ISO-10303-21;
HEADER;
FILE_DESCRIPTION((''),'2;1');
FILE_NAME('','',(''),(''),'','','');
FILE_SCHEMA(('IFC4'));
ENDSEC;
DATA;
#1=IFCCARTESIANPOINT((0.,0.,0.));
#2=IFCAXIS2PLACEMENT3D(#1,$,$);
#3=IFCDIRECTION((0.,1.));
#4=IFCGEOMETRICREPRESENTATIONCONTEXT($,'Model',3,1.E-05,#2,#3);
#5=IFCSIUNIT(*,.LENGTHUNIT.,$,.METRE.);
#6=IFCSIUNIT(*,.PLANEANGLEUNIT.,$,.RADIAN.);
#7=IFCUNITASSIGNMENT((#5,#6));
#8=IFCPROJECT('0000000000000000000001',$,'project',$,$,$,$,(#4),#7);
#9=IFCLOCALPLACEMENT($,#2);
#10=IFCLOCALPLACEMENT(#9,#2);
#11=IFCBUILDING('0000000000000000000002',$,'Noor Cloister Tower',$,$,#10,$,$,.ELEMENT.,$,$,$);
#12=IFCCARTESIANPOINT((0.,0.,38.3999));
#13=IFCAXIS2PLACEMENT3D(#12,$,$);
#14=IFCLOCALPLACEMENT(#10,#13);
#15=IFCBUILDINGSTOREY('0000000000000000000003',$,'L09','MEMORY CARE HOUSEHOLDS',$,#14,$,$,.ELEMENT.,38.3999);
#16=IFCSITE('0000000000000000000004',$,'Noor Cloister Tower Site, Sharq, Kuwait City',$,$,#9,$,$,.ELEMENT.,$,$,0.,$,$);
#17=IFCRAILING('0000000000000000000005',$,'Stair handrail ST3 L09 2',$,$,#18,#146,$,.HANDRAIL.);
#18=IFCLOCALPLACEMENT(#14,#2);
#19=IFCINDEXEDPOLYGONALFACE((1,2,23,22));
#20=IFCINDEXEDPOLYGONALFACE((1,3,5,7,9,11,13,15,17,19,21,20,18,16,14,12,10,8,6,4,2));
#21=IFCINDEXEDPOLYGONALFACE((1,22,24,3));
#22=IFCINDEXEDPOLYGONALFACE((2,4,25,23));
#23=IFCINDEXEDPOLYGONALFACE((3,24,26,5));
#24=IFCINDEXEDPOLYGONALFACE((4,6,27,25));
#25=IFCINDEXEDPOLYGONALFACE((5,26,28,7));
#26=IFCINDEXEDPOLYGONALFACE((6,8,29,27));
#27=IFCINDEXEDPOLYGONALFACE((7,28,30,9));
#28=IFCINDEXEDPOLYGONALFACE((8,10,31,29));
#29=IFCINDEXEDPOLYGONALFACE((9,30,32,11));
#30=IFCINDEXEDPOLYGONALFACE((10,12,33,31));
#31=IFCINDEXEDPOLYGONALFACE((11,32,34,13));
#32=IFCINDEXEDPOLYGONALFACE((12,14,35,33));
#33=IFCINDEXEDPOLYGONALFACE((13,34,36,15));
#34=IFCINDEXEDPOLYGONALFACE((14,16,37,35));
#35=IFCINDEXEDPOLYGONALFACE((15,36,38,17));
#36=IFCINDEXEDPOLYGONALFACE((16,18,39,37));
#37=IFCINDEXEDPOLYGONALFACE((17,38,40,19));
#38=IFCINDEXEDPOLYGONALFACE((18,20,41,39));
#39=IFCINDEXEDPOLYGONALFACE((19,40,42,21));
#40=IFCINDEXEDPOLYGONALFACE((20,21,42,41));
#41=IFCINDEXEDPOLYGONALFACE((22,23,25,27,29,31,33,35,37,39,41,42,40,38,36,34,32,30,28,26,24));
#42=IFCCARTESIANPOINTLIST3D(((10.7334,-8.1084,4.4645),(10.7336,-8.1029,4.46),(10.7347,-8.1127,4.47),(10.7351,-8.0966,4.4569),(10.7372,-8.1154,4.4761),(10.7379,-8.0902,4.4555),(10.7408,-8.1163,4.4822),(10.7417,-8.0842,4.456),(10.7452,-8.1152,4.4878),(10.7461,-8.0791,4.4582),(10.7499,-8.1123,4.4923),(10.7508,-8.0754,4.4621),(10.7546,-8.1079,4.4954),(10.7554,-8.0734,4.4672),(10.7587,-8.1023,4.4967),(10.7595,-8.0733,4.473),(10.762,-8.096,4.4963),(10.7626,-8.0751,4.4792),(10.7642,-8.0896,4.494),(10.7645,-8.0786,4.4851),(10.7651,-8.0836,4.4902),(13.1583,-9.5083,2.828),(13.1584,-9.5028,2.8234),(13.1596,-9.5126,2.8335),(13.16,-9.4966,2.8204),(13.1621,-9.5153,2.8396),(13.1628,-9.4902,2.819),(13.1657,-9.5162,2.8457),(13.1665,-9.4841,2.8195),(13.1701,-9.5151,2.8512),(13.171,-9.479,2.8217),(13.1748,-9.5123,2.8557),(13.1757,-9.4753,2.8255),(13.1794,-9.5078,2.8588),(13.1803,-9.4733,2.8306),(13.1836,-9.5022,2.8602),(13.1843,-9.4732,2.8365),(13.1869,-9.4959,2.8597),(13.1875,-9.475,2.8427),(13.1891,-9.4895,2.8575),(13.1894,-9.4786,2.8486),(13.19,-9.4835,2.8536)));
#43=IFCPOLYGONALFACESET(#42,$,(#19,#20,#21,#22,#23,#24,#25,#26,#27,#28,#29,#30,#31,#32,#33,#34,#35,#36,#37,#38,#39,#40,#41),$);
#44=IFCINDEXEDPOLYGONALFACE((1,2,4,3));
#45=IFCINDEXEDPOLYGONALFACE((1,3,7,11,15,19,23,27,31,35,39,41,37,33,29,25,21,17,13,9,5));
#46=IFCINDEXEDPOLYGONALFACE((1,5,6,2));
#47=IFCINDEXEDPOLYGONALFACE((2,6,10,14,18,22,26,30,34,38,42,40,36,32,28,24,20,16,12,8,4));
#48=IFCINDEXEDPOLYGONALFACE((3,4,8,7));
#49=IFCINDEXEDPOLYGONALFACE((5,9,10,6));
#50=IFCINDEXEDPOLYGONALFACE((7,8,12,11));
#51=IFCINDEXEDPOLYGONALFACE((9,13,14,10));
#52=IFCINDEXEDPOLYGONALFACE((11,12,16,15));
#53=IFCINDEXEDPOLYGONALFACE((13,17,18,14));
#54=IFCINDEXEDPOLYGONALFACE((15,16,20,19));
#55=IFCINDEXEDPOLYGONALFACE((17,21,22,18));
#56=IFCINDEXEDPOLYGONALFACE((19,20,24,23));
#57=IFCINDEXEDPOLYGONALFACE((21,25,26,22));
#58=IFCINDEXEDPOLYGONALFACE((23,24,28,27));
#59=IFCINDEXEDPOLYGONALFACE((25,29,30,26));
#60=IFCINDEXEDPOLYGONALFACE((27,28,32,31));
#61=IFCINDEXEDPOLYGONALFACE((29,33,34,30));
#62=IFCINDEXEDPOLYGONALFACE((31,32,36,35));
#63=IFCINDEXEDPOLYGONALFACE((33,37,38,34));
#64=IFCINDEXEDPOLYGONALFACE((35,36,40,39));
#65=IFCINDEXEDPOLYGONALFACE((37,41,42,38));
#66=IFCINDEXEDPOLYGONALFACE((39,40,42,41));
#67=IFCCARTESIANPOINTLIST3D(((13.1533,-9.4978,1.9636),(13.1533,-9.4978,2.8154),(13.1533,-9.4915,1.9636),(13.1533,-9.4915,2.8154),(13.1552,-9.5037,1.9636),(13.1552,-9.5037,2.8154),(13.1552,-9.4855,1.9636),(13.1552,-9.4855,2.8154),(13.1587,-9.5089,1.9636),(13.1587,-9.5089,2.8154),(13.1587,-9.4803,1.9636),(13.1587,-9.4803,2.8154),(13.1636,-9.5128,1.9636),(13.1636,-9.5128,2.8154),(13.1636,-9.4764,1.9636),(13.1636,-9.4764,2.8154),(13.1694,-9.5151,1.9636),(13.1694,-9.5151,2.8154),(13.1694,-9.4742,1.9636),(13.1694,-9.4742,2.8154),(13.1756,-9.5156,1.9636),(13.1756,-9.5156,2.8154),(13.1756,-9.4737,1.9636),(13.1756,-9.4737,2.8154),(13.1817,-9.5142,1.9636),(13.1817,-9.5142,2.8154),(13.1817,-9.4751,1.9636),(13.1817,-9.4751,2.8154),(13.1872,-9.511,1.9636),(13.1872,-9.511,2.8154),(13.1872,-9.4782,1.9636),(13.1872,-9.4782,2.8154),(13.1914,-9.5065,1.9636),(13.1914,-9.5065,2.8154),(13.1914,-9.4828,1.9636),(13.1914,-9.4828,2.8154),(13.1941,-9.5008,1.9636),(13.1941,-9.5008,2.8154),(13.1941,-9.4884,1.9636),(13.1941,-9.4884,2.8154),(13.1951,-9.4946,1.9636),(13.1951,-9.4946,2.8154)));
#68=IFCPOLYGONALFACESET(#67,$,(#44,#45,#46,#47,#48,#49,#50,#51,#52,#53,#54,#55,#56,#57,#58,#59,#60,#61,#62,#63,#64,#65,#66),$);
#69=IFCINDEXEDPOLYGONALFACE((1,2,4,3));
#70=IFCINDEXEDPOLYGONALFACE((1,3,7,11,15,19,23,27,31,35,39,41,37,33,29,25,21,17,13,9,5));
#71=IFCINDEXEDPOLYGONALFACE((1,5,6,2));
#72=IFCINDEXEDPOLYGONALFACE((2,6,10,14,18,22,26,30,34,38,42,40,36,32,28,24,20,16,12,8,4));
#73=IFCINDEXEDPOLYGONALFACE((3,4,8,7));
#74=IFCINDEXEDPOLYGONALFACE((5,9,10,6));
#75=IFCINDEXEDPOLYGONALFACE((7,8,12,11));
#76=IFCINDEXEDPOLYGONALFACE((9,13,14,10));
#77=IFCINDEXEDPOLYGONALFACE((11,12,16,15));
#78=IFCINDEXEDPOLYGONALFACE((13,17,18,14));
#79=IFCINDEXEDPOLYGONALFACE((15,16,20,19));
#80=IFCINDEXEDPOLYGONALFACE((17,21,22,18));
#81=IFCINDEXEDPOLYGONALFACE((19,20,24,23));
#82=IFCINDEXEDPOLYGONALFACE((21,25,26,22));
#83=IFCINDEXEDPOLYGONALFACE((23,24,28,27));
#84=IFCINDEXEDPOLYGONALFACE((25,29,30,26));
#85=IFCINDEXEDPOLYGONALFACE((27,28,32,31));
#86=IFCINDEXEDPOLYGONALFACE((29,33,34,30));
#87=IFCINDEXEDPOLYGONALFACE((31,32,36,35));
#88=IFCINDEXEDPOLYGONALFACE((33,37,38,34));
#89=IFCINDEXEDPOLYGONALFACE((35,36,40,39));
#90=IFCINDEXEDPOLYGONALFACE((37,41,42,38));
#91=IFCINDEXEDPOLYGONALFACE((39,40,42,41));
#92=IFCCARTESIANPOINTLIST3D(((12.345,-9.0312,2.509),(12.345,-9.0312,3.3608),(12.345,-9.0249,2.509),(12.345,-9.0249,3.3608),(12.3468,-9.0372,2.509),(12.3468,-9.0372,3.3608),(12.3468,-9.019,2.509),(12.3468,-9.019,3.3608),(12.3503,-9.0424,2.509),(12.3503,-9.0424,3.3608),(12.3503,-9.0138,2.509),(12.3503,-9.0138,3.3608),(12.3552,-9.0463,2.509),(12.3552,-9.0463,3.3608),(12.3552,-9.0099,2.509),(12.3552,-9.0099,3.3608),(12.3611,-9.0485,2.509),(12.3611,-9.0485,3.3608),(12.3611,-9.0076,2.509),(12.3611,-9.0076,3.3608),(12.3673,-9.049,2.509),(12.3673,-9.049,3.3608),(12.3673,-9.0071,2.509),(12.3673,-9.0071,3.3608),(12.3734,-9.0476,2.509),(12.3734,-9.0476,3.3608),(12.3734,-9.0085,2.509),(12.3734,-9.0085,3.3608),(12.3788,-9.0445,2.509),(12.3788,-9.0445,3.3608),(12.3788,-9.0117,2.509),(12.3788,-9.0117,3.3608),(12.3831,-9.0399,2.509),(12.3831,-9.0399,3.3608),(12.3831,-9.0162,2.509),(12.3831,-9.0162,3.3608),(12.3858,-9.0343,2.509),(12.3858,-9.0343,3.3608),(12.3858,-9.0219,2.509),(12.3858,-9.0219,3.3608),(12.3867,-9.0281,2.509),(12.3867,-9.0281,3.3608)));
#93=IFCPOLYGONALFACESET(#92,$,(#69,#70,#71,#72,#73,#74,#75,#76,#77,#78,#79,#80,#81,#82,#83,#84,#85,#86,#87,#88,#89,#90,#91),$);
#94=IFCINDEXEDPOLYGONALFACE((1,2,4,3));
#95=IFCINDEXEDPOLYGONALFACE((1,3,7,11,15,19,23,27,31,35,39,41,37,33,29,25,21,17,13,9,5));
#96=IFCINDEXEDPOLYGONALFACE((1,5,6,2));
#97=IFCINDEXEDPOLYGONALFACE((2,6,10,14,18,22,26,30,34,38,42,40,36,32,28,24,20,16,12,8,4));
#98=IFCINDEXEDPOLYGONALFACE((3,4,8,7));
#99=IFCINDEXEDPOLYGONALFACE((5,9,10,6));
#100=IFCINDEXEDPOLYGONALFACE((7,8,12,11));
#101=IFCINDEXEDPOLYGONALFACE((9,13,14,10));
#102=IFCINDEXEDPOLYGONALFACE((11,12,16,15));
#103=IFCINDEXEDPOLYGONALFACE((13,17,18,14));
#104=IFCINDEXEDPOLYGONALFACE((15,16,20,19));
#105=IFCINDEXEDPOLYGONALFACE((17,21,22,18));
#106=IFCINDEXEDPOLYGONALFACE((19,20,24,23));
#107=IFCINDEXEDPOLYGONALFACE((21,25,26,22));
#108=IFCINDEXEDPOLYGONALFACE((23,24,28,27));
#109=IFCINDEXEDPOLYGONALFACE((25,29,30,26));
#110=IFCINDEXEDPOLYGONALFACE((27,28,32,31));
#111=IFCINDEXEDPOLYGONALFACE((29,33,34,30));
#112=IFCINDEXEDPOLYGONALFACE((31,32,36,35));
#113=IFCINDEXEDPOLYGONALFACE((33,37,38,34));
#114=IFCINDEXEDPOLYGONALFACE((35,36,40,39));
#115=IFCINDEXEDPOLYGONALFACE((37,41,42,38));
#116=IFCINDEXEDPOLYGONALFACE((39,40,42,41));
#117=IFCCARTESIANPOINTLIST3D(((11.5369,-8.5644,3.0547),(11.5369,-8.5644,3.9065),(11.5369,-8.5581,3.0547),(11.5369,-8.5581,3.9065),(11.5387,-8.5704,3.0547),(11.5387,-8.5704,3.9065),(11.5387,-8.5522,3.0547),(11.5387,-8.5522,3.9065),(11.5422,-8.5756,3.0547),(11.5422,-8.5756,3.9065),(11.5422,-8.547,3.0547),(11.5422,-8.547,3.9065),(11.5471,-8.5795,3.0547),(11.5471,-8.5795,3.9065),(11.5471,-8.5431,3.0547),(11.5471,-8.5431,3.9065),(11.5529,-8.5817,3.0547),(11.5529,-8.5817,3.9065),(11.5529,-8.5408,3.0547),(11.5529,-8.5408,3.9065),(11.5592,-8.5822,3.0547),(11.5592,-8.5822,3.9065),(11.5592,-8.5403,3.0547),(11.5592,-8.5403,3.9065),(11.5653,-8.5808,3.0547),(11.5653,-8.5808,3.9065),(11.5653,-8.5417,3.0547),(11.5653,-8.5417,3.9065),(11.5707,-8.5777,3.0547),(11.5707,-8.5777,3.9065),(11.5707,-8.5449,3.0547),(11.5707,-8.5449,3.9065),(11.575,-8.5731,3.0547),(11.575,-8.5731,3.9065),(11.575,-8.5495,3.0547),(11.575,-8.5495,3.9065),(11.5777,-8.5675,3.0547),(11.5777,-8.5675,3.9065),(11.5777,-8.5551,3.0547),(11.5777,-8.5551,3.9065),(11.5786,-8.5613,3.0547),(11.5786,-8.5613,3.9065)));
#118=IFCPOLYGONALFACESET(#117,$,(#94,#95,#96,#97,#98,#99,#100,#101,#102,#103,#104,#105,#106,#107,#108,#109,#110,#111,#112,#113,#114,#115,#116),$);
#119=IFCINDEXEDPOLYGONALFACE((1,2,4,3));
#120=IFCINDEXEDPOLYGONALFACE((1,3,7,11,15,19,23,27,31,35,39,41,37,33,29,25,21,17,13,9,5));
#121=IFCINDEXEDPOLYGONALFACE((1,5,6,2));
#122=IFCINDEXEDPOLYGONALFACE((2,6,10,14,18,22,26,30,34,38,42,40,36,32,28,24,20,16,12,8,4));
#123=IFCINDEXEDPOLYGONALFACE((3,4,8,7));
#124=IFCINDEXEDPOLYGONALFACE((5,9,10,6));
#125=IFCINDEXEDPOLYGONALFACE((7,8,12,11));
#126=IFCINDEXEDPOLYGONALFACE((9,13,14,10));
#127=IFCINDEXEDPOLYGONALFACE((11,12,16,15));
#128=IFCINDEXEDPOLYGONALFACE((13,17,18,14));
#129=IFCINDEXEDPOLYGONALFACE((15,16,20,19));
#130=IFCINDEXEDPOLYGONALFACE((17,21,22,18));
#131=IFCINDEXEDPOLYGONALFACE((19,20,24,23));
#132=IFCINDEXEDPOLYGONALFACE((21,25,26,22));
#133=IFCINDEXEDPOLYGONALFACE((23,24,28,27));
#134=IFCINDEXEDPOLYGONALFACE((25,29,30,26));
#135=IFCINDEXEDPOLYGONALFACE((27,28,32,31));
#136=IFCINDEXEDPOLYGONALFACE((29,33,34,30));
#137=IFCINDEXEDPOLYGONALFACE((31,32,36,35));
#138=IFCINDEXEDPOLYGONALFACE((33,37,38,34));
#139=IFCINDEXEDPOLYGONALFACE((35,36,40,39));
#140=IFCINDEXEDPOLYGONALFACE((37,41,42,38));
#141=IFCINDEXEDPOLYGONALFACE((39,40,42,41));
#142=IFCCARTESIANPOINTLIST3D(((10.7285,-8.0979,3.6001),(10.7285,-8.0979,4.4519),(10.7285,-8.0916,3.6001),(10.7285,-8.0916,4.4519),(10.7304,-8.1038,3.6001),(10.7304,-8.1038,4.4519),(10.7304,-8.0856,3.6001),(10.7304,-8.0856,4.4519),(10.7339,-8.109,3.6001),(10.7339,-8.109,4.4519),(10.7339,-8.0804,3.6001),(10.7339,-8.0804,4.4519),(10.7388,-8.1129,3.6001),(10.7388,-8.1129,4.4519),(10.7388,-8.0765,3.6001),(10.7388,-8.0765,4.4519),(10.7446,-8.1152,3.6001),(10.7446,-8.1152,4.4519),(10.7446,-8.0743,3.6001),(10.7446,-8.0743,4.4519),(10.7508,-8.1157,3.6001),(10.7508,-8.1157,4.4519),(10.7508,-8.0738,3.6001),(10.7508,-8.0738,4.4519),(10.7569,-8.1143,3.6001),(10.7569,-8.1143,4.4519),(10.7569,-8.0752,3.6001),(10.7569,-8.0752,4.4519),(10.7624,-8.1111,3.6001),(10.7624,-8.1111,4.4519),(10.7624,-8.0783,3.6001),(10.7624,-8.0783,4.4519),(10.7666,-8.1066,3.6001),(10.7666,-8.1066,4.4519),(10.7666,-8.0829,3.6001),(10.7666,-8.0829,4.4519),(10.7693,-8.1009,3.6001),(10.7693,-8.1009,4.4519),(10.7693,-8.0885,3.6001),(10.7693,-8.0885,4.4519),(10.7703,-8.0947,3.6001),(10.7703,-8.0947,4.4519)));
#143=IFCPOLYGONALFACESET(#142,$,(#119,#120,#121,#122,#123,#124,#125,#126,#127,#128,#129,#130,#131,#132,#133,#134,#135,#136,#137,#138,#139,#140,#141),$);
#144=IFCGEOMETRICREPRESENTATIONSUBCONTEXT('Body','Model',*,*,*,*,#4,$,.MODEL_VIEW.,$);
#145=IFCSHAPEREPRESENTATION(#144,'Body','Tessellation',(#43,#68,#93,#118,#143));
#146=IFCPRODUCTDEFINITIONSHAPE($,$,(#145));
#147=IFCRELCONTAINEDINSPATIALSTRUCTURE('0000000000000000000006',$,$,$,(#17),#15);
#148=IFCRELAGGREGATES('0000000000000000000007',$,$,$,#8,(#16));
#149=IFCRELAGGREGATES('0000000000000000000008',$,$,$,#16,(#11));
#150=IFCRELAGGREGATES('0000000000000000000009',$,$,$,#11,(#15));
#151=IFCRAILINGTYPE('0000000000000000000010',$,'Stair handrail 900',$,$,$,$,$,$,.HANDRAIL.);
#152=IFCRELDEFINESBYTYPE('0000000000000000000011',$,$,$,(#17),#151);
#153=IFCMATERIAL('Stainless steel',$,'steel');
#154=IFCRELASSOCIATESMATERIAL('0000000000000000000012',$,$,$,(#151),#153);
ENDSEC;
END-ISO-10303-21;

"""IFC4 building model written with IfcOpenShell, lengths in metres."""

from ifc_helpers import new_model, si_unit, direction, frame, origin, origin_2d, place, context, subcontext, project, spatial, circle, extrude, material, type_object, element, save


model = new_model("IFC4")

# Units and contexts
model_context = context("Model", 3, precision=1e-05, world=origin(), true_north=direction((0.0, 1.0)))
body_context = subcontext(model_context, "Body", "Model", "MODEL_VIEW")
ifc_project = project(units=[si_unit("LENGTHUNIT", "METRE"), si_unit("PLANEANGLEUNIT", "RADIAN")], contexts=[model_context])

# Site, building, storey
site_placement = place(None, origin())
site = spatial("IfcSite", under=ifc_project, at=site_placement, Name="Noor Cloister Tower Site, Sharq, Kuwait City", CompositionType="ELEMENT", RefElevation=0.0)
building_placement = place(site_placement, origin())
building = spatial("IfcBuilding", under=site, at=building_placement, Name="Noor Cloister Tower", CompositionType="ELEMENT")
storey_placement = place(building_placement, frame((0.0, 0.0, 38.3999)))
storey = spatial("IfcBuildingStorey", under=building, at=storey_placement, Name="L09", Description="MEMORY CARE HOUSEHOLDS", CompositionType="ELEMENT", Elevation=38.3999)

# Railing
ifc_material_1 = material(Name="Stainless steel", Category="steel")
railing_type = type_object("IfcRailingType", Name="Stair handrail 900", PredefinedType="HANDRAIL", material=ifc_material_1)
railing_placement = place(storey_placement, frame((13.1741, -9.4946, 1.9636)))
element("IfcRailing", 1, at=railing_placement, inside=storey, type_object=railing_type, Name="Stair handrail ST3 L09 2", PredefinedType="HANDRAIL", context=body_context, shape_type="SweptSolid", body=[
    extrude(circle(Radius=0.0239, at=origin_2d()), frame((0.0, 0.0, 0.876), z_axis=(-0.74769, 0.431661, 0.504608), x_axis=(-0.499984, -0.866035, 0.0)), (0.0, 0.0, 1.0), 3.2432),
    extrude(circle(Radius=0.021, at=origin_2d()), origin(), (0.0, 0.0, 1.0), 0.8518),
    extrude(circle(Radius=0.021, at=origin_2d()), frame((-0.8083, 0.4666, 0.5454)), (0.0, 0.0, 1.0), 0.8518),
    extrude(circle(Radius=0.021, at=origin_2d()), frame((-1.6165, 0.9333, 1.0911)), (0.0, 0.0, 1.0), 0.8518),
    extrude(circle(Radius=0.021, at=origin_2d()), frame((-2.4248, 1.3999, 1.6365)), (0.0, 0.0, 1.0), 0.8518),
])

save(model, "model.ifc")
